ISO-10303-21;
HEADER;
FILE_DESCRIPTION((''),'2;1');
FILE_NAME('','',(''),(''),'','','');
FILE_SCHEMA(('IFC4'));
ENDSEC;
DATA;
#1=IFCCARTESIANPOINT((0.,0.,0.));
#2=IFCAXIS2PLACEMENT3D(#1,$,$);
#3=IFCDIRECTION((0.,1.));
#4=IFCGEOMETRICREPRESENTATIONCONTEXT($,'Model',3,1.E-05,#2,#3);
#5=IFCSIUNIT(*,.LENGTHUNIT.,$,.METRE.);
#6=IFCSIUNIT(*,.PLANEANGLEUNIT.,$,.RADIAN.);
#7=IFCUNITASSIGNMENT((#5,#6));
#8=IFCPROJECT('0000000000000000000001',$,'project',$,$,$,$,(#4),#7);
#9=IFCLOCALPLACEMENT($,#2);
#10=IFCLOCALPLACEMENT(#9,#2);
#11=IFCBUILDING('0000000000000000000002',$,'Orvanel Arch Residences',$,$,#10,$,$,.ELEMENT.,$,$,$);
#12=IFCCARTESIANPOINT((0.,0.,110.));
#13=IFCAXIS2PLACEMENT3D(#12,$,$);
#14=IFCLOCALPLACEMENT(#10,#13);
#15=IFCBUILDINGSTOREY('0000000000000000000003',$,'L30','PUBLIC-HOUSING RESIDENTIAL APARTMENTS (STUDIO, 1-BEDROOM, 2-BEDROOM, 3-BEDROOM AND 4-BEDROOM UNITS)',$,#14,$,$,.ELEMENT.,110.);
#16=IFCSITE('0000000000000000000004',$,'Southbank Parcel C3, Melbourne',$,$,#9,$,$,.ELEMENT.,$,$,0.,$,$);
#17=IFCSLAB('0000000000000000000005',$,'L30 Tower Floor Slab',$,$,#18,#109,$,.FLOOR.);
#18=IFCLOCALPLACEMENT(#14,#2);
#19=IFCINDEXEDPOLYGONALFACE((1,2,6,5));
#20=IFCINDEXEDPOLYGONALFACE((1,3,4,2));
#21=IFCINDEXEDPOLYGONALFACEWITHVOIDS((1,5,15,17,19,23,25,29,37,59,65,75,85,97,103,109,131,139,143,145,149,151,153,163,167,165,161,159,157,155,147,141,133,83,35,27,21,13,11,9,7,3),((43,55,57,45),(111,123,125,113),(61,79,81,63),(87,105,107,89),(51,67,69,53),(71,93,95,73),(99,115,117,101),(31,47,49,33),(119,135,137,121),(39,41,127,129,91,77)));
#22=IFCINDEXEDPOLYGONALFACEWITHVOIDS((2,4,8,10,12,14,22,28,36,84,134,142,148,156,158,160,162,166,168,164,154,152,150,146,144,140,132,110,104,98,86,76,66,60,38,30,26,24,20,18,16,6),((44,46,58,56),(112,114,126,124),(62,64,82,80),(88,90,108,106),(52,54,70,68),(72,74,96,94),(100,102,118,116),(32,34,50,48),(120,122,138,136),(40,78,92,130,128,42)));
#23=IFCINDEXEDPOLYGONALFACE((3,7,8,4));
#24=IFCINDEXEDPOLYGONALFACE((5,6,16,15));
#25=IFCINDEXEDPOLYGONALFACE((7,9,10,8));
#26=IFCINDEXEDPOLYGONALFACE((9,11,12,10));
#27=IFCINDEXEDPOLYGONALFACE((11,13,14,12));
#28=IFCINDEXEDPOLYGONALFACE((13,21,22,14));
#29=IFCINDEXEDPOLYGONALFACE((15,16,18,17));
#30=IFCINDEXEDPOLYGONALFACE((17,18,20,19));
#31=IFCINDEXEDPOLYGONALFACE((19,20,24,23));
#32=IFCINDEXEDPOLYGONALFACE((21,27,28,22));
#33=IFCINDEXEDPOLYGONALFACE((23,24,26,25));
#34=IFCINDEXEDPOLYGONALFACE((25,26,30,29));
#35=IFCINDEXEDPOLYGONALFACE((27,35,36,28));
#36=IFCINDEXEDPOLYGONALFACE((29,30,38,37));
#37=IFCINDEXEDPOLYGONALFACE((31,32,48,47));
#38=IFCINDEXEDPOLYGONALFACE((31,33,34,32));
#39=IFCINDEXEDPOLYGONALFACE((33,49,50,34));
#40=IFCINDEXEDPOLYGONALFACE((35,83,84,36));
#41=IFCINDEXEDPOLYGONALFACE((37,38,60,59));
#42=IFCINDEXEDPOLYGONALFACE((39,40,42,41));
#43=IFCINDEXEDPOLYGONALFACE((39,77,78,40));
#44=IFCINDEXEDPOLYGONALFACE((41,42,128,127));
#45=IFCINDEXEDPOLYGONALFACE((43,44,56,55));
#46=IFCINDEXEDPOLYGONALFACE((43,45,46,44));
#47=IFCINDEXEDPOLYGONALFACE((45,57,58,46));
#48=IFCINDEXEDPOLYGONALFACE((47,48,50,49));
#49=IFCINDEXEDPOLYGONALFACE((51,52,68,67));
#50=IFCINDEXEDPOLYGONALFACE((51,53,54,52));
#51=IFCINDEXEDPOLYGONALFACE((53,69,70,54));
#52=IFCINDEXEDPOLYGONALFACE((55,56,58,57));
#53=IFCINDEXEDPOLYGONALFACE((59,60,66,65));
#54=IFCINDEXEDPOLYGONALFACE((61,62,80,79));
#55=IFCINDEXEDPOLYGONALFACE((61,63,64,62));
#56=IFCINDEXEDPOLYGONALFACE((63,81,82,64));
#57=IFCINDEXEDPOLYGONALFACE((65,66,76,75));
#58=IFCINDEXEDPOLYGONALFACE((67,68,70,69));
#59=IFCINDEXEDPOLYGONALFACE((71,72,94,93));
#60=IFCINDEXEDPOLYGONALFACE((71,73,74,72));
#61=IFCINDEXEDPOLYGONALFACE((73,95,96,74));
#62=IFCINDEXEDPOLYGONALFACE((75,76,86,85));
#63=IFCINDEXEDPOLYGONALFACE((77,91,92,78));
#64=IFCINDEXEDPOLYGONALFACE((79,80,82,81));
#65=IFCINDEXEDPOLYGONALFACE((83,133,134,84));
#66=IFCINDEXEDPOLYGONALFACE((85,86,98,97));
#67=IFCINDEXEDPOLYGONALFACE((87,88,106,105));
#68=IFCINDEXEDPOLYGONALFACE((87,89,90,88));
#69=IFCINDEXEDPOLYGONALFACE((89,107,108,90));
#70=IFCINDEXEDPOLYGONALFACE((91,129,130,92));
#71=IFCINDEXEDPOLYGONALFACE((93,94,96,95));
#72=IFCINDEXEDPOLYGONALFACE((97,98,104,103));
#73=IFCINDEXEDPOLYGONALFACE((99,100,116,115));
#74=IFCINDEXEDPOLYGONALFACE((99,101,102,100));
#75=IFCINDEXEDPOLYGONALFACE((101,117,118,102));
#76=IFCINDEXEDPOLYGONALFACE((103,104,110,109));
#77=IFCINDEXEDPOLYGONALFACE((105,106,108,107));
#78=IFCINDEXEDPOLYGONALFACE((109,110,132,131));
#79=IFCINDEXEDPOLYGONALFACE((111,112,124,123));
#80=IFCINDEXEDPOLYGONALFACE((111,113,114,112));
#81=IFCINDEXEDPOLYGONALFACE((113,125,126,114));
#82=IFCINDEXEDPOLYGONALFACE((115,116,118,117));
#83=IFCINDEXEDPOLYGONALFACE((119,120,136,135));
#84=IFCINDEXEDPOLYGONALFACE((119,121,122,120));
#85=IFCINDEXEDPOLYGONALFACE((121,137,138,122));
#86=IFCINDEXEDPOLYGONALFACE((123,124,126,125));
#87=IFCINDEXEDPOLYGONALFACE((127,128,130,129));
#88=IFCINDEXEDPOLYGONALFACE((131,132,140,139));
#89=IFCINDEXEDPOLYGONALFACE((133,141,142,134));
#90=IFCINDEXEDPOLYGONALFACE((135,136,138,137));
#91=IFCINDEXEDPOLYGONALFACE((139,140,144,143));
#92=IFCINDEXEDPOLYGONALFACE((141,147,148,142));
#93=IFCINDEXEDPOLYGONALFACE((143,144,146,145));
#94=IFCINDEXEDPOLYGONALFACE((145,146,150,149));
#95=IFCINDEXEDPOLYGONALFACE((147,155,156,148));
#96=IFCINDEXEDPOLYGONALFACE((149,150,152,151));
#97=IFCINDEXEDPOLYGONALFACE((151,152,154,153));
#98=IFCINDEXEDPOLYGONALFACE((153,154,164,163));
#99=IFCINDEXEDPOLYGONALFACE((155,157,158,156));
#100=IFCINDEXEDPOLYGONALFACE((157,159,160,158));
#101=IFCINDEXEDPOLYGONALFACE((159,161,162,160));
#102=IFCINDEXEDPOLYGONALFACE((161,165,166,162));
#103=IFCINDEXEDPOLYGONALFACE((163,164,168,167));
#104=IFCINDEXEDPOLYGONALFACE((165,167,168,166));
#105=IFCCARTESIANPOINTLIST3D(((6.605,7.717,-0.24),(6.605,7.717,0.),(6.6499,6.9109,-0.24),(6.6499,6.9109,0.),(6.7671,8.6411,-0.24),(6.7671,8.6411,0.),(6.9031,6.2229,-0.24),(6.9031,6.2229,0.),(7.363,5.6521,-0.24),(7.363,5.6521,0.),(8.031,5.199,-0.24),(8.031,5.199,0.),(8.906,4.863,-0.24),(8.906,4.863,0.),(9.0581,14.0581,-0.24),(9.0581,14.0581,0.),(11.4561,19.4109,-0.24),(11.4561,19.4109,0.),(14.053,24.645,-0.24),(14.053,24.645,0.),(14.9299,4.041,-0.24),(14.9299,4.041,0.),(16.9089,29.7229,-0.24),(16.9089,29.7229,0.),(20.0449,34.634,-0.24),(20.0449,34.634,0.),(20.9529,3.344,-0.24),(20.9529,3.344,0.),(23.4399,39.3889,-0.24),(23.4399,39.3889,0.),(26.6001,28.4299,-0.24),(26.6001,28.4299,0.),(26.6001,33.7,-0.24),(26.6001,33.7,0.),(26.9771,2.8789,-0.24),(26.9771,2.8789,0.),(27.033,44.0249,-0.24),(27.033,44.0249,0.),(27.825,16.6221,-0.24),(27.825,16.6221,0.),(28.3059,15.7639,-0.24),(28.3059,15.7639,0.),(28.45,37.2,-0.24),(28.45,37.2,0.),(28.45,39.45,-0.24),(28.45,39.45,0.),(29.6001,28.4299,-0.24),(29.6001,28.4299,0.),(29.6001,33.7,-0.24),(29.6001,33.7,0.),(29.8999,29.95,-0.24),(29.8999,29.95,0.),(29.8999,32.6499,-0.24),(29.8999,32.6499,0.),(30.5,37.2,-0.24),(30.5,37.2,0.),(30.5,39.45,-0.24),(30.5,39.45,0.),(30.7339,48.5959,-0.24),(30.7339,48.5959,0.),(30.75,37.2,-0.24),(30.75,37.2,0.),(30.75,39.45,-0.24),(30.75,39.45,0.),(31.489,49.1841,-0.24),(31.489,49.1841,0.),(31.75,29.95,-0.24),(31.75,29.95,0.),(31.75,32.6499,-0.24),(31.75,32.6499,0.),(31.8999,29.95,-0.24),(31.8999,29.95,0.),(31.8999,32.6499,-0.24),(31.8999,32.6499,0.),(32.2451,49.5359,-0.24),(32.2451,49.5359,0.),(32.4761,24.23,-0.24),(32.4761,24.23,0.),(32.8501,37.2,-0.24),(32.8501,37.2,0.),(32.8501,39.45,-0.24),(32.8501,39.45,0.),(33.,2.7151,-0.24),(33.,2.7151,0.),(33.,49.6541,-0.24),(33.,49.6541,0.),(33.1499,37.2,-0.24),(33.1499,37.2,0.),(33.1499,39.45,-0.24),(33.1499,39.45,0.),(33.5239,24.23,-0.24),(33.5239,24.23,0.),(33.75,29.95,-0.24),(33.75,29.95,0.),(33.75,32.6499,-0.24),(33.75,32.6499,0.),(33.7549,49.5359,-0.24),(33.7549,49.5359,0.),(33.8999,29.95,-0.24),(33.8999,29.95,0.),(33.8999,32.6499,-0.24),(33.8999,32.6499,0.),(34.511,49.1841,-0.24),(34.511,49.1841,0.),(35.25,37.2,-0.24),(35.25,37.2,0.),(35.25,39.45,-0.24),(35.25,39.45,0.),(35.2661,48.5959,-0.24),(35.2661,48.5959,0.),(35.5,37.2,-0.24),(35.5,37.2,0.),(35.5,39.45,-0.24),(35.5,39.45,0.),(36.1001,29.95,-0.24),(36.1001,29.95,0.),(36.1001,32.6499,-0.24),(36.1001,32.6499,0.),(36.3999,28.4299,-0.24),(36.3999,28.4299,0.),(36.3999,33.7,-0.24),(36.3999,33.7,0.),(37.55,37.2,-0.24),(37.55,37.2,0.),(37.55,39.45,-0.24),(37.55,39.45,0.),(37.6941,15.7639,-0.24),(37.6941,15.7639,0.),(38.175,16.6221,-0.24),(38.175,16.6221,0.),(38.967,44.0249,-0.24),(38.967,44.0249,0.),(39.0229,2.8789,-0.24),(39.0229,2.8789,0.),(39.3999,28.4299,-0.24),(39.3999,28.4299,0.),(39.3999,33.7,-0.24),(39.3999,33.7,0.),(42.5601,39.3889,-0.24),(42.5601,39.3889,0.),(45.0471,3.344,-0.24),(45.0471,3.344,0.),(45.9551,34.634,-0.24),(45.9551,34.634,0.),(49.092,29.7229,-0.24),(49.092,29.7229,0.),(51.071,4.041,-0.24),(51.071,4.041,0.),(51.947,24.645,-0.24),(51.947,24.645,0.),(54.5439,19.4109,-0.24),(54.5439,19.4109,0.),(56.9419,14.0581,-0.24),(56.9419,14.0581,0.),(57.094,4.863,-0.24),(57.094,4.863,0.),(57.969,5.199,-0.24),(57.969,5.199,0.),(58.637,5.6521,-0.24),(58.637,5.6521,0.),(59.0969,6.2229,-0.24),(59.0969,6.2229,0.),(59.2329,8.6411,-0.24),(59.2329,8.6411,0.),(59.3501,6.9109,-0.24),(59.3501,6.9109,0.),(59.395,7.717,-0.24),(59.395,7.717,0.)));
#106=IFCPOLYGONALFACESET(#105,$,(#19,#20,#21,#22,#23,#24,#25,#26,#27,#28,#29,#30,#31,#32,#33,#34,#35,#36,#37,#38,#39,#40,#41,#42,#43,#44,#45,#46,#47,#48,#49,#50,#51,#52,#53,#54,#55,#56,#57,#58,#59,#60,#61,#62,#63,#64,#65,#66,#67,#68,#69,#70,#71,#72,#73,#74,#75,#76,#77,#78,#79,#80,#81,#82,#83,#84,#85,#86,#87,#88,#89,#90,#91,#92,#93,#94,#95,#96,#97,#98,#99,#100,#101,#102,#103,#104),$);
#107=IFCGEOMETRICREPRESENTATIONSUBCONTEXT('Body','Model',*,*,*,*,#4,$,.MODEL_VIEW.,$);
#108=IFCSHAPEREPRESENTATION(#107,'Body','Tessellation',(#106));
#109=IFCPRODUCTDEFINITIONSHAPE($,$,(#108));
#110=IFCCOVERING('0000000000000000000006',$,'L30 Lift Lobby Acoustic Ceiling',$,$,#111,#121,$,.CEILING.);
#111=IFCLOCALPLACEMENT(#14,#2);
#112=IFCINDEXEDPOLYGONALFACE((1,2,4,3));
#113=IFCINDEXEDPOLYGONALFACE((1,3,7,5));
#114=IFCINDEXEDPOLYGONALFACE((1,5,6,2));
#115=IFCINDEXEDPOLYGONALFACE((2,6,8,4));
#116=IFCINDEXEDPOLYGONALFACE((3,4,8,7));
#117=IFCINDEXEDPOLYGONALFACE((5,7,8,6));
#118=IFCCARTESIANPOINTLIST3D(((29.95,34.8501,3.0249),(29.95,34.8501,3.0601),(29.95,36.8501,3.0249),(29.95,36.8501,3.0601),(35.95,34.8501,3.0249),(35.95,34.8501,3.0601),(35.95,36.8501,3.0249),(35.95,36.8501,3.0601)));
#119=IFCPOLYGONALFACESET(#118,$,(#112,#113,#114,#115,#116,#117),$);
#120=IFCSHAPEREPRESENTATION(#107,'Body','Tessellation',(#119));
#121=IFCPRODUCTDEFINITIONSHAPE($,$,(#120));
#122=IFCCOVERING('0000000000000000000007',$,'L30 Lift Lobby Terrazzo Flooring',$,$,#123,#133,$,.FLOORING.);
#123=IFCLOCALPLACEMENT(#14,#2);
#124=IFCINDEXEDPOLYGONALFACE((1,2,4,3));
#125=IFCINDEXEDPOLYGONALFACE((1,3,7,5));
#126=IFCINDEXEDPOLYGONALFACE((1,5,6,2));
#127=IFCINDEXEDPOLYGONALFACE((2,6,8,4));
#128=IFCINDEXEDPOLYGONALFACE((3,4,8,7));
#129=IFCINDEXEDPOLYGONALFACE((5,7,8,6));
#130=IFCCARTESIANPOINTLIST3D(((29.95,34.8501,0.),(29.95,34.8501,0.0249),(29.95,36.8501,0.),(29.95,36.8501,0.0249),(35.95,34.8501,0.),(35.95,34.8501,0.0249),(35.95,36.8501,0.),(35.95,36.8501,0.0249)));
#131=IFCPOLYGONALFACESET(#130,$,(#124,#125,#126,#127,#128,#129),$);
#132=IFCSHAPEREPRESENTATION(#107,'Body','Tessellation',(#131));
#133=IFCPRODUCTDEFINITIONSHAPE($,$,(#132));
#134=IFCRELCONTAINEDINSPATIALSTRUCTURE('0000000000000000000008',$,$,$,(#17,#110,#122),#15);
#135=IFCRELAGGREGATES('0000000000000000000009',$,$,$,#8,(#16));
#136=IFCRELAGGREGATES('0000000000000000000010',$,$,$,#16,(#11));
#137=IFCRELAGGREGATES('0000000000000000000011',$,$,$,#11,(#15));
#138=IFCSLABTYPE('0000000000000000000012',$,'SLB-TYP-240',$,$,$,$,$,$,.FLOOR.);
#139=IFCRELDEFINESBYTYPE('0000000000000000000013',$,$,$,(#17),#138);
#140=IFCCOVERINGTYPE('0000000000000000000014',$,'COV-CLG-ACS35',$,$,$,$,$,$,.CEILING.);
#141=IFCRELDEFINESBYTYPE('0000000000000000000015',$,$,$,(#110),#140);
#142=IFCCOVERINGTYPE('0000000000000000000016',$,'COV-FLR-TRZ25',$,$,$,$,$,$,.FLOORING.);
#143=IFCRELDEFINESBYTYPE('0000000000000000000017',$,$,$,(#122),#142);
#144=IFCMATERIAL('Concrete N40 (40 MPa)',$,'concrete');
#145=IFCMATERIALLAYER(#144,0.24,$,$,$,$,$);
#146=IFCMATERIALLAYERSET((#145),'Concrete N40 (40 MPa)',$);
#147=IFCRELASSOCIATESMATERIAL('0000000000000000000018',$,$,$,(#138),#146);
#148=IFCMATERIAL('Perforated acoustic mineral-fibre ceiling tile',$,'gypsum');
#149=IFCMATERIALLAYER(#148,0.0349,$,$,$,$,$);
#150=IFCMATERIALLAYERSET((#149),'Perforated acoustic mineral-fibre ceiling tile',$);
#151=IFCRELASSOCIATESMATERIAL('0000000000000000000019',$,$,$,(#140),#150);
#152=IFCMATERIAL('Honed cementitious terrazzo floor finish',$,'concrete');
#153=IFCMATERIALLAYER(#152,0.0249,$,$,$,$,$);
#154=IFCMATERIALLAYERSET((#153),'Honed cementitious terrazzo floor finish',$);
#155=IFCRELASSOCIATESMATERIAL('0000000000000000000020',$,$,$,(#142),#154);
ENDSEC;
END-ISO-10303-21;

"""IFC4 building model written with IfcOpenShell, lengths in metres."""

from ifc_helpers import new_model, si_unit, direction, frame, origin, place, context, subcontext, project, spatial, polyline, outline, extrude, material, layer, layer_set, type_object, element, save


model = new_model("IFC4")

# Units and contexts
model_context = context("Model", 3, precision=1e-05, world=origin(), true_north=direction((0.0, 1.0)))
body_context = subcontext(model_context, "Body", "Model", "MODEL_VIEW")
ifc_project = project(units=[si_unit("LENGTHUNIT", "METRE"), si_unit("PLANEANGLEUNIT", "RADIAN")], contexts=[model_context])

# Site, building, storey
site_placement = place(None, origin())
site = spatial("IfcSite", under=ifc_project, at=site_placement, Name="Southbank Parcel C3, Melbourne", CompositionType="ELEMENT", RefElevation=0.0)
building_placement = place(site_placement, origin())
building = spatial("IfcBuilding", under=site, at=building_placement, Name="Orvanel Arch Residences", CompositionType="ELEMENT")
storey_placement = place(building_placement, frame((0.0, 0.0, 110.0)))
storey = spatial("IfcBuildingStorey", under=building, at=storey_placement, Name="L30", Description="PUBLIC-HOUSING RESIDENTIAL APARTMENTS (STUDIO, 1-BEDROOM, 2-BEDROOM, 3-BEDROOM AND 4-BEDROOM UNITS)", CompositionType="ELEMENT", Elevation=110.0)

# Shared definitions
ifc_material_1 = material(Name="Concrete N40 (40 MPa)", Category="concrete")

# Slab
ifc_layer_1 = layer(ifc_material_1, 0.24)
ifc_layer_set_1 = layer_set([ifc_layer_1], Name="Concrete N40 (40 MPa)")
slab_type_1 = type_object("IfcSlabType", Name="SLB-TYP-240", PredefinedType="FLOOR", material=ifc_layer_set_1)
slab_1_placement = place(storey_placement, frame((0.0, 0.0, -0.24)))
element("IfcSlab", 1, at=slab_1_placement, inside=storey, type_object=slab_type_1, Name="L30 Tower Floor Slab", PredefinedType="FLOOR", context=body_context, shape_type="SweptSolid", body=[
    extrude(outline(polyline([(35.2661, 48.5959), (34.511, 49.1841), (33.7549, 49.5359), (33.0, 49.6541), (32.2451, 49.5359), (31.489, 49.1841), (30.7339, 48.5959), (27.033, 44.0249), (23.4399, 39.3889), (20.0449, 34.634), (16.9089, 29.7229), (14.053, 24.645), (11.4561, 19.4109), (9.0581, 14.0581), (6.7671, 8.6411), (6.605, 7.717), (6.6499, 6.9109), (6.9031, 6.2229), (7.363, 5.6521), (8.031, 5.199), (8.906, 4.863), (14.9299, 4.041), (20.9529, 3.344), (26.9771, 2.8789), (33.0, 2.7151), (39.0229, 2.8789), (45.0471, 3.344), (51.071, 4.041), (57.094, 4.863), (57.969, 5.199), (58.637, 5.6521), (59.0969, 6.2229), (59.3501, 6.9109), (59.395, 7.717), (59.2329, 8.6411), (56.9419, 14.0581), (54.5439, 19.4109), (51.947, 24.645), (49.092, 29.7229), (45.9551, 34.634), (42.5601, 39.3889), (38.967, 44.0249), (35.2661, 48.5959)]), holes=[polyline([(26.6001, 28.4299), (26.6001, 33.7), (29.6001, 33.7), (29.6001, 28.4299), (26.6001, 28.4299)]), polyline([(36.3999, 28.4299), (36.3999, 33.7), (39.3999, 33.7), (39.3999, 28.4299), (36.3999, 28.4299)]), polyline([(29.8999, 32.6499), (31.75, 32.6499), (31.75, 29.95), (29.8999, 29.95), (29.8999, 32.6499)]), polyline([(31.8999, 32.6499), (33.75, 32.6499), (33.75, 29.95), (31.8999, 29.95), (31.8999, 32.6499)]), polyline([(33.8999, 32.6499), (36.1001, 32.6499), (36.1001, 29.95), (33.8999, 29.95), (33.8999, 32.6499)]), polyline([(28.45, 39.45), (30.5, 39.45), (30.5, 37.2), (28.45, 37.2), (28.45, 39.45)]), polyline([(35.5, 39.45), (37.55, 39.45), (37.55, 37.2), (35.5, 37.2), (35.5, 39.45)]), polyline([(30.75, 39.45), (32.8501, 39.45), (32.8501, 37.2), (30.75, 37.2), (30.75, 39.45)]), polyline([(33.1499, 39.45), (35.25, 39.45), (35.25, 37.2), (33.1499, 37.2), (33.1499, 39.45)]), polyline([(38.175, 16.6221), (37.6941, 15.7639), (28.3059, 15.7639), (27.825, 16.6221), (32.4761, 24.23), (33.5239, 24.23), (38.175, 16.6221)])]), origin(), (0.0, 0.0, 1.0), 0.24),
])

# Coverings
ifc_material_2 = material(Name="Perforated acoustic mineral-fibre ceiling tile", Category="gypsum")
ifc_layer_2 = layer(ifc_material_2, 0.0349)
ifc_layer_set_2 = layer_set([ifc_layer_2], Name="Perforated acoustic mineral-fibre ceiling tile")
covering_type_1 = type_object("IfcCoveringType", Name="COV-CLG-ACS35", PredefinedType="CEILING", material=ifc_layer_set_2)
covering_1_placement = place(storey_placement, frame((0.0, 0.0, 3.0249)))
element("IfcCovering", 2, at=covering_1_placement, inside=storey, type_object=covering_type_1, Name="L30 Lift Lobby Acoustic Ceiling", PredefinedType="CEILING", context=body_context, shape_type="SweptSolid", body=[
    extrude(outline(polyline([(29.95, 34.8501), (35.95, 34.8501), (35.95, 36.8501), (29.95, 36.8501), (29.95, 34.8501)])), origin(), (0.0, 0.0, 1.0), 0.0352),
])
ifc_material_3 = material(Name="Honed cementitious terrazzo floor finish", Category="concrete")
ifc_layer_3 = layer(ifc_material_3, 0.0249)
ifc_layer_set_3 = layer_set([ifc_layer_3], Name="Honed cementitious terrazzo floor finish")
covering_type_2 = type_object("IfcCoveringType", Name="COV-FLR-TRZ25", PredefinedType="FLOORING", material=ifc_layer_set_3)
covering_2_placement = place(storey_placement, origin())
element("IfcCovering", 3, at=covering_2_placement, inside=storey, type_object=covering_type_2, Name="L30 Lift Lobby Terrazzo Flooring", PredefinedType="FLOORING", context=body_context, shape_type="SweptSolid", body=[
    extrude(outline(polyline([(29.95, 34.8501), (35.95, 34.8501), (35.95, 36.8501), (29.95, 36.8501), (29.95, 34.8501)])), origin(), (0.0, 0.0, 1.0), 0.0249),
])

save(model, "model.ifc")
